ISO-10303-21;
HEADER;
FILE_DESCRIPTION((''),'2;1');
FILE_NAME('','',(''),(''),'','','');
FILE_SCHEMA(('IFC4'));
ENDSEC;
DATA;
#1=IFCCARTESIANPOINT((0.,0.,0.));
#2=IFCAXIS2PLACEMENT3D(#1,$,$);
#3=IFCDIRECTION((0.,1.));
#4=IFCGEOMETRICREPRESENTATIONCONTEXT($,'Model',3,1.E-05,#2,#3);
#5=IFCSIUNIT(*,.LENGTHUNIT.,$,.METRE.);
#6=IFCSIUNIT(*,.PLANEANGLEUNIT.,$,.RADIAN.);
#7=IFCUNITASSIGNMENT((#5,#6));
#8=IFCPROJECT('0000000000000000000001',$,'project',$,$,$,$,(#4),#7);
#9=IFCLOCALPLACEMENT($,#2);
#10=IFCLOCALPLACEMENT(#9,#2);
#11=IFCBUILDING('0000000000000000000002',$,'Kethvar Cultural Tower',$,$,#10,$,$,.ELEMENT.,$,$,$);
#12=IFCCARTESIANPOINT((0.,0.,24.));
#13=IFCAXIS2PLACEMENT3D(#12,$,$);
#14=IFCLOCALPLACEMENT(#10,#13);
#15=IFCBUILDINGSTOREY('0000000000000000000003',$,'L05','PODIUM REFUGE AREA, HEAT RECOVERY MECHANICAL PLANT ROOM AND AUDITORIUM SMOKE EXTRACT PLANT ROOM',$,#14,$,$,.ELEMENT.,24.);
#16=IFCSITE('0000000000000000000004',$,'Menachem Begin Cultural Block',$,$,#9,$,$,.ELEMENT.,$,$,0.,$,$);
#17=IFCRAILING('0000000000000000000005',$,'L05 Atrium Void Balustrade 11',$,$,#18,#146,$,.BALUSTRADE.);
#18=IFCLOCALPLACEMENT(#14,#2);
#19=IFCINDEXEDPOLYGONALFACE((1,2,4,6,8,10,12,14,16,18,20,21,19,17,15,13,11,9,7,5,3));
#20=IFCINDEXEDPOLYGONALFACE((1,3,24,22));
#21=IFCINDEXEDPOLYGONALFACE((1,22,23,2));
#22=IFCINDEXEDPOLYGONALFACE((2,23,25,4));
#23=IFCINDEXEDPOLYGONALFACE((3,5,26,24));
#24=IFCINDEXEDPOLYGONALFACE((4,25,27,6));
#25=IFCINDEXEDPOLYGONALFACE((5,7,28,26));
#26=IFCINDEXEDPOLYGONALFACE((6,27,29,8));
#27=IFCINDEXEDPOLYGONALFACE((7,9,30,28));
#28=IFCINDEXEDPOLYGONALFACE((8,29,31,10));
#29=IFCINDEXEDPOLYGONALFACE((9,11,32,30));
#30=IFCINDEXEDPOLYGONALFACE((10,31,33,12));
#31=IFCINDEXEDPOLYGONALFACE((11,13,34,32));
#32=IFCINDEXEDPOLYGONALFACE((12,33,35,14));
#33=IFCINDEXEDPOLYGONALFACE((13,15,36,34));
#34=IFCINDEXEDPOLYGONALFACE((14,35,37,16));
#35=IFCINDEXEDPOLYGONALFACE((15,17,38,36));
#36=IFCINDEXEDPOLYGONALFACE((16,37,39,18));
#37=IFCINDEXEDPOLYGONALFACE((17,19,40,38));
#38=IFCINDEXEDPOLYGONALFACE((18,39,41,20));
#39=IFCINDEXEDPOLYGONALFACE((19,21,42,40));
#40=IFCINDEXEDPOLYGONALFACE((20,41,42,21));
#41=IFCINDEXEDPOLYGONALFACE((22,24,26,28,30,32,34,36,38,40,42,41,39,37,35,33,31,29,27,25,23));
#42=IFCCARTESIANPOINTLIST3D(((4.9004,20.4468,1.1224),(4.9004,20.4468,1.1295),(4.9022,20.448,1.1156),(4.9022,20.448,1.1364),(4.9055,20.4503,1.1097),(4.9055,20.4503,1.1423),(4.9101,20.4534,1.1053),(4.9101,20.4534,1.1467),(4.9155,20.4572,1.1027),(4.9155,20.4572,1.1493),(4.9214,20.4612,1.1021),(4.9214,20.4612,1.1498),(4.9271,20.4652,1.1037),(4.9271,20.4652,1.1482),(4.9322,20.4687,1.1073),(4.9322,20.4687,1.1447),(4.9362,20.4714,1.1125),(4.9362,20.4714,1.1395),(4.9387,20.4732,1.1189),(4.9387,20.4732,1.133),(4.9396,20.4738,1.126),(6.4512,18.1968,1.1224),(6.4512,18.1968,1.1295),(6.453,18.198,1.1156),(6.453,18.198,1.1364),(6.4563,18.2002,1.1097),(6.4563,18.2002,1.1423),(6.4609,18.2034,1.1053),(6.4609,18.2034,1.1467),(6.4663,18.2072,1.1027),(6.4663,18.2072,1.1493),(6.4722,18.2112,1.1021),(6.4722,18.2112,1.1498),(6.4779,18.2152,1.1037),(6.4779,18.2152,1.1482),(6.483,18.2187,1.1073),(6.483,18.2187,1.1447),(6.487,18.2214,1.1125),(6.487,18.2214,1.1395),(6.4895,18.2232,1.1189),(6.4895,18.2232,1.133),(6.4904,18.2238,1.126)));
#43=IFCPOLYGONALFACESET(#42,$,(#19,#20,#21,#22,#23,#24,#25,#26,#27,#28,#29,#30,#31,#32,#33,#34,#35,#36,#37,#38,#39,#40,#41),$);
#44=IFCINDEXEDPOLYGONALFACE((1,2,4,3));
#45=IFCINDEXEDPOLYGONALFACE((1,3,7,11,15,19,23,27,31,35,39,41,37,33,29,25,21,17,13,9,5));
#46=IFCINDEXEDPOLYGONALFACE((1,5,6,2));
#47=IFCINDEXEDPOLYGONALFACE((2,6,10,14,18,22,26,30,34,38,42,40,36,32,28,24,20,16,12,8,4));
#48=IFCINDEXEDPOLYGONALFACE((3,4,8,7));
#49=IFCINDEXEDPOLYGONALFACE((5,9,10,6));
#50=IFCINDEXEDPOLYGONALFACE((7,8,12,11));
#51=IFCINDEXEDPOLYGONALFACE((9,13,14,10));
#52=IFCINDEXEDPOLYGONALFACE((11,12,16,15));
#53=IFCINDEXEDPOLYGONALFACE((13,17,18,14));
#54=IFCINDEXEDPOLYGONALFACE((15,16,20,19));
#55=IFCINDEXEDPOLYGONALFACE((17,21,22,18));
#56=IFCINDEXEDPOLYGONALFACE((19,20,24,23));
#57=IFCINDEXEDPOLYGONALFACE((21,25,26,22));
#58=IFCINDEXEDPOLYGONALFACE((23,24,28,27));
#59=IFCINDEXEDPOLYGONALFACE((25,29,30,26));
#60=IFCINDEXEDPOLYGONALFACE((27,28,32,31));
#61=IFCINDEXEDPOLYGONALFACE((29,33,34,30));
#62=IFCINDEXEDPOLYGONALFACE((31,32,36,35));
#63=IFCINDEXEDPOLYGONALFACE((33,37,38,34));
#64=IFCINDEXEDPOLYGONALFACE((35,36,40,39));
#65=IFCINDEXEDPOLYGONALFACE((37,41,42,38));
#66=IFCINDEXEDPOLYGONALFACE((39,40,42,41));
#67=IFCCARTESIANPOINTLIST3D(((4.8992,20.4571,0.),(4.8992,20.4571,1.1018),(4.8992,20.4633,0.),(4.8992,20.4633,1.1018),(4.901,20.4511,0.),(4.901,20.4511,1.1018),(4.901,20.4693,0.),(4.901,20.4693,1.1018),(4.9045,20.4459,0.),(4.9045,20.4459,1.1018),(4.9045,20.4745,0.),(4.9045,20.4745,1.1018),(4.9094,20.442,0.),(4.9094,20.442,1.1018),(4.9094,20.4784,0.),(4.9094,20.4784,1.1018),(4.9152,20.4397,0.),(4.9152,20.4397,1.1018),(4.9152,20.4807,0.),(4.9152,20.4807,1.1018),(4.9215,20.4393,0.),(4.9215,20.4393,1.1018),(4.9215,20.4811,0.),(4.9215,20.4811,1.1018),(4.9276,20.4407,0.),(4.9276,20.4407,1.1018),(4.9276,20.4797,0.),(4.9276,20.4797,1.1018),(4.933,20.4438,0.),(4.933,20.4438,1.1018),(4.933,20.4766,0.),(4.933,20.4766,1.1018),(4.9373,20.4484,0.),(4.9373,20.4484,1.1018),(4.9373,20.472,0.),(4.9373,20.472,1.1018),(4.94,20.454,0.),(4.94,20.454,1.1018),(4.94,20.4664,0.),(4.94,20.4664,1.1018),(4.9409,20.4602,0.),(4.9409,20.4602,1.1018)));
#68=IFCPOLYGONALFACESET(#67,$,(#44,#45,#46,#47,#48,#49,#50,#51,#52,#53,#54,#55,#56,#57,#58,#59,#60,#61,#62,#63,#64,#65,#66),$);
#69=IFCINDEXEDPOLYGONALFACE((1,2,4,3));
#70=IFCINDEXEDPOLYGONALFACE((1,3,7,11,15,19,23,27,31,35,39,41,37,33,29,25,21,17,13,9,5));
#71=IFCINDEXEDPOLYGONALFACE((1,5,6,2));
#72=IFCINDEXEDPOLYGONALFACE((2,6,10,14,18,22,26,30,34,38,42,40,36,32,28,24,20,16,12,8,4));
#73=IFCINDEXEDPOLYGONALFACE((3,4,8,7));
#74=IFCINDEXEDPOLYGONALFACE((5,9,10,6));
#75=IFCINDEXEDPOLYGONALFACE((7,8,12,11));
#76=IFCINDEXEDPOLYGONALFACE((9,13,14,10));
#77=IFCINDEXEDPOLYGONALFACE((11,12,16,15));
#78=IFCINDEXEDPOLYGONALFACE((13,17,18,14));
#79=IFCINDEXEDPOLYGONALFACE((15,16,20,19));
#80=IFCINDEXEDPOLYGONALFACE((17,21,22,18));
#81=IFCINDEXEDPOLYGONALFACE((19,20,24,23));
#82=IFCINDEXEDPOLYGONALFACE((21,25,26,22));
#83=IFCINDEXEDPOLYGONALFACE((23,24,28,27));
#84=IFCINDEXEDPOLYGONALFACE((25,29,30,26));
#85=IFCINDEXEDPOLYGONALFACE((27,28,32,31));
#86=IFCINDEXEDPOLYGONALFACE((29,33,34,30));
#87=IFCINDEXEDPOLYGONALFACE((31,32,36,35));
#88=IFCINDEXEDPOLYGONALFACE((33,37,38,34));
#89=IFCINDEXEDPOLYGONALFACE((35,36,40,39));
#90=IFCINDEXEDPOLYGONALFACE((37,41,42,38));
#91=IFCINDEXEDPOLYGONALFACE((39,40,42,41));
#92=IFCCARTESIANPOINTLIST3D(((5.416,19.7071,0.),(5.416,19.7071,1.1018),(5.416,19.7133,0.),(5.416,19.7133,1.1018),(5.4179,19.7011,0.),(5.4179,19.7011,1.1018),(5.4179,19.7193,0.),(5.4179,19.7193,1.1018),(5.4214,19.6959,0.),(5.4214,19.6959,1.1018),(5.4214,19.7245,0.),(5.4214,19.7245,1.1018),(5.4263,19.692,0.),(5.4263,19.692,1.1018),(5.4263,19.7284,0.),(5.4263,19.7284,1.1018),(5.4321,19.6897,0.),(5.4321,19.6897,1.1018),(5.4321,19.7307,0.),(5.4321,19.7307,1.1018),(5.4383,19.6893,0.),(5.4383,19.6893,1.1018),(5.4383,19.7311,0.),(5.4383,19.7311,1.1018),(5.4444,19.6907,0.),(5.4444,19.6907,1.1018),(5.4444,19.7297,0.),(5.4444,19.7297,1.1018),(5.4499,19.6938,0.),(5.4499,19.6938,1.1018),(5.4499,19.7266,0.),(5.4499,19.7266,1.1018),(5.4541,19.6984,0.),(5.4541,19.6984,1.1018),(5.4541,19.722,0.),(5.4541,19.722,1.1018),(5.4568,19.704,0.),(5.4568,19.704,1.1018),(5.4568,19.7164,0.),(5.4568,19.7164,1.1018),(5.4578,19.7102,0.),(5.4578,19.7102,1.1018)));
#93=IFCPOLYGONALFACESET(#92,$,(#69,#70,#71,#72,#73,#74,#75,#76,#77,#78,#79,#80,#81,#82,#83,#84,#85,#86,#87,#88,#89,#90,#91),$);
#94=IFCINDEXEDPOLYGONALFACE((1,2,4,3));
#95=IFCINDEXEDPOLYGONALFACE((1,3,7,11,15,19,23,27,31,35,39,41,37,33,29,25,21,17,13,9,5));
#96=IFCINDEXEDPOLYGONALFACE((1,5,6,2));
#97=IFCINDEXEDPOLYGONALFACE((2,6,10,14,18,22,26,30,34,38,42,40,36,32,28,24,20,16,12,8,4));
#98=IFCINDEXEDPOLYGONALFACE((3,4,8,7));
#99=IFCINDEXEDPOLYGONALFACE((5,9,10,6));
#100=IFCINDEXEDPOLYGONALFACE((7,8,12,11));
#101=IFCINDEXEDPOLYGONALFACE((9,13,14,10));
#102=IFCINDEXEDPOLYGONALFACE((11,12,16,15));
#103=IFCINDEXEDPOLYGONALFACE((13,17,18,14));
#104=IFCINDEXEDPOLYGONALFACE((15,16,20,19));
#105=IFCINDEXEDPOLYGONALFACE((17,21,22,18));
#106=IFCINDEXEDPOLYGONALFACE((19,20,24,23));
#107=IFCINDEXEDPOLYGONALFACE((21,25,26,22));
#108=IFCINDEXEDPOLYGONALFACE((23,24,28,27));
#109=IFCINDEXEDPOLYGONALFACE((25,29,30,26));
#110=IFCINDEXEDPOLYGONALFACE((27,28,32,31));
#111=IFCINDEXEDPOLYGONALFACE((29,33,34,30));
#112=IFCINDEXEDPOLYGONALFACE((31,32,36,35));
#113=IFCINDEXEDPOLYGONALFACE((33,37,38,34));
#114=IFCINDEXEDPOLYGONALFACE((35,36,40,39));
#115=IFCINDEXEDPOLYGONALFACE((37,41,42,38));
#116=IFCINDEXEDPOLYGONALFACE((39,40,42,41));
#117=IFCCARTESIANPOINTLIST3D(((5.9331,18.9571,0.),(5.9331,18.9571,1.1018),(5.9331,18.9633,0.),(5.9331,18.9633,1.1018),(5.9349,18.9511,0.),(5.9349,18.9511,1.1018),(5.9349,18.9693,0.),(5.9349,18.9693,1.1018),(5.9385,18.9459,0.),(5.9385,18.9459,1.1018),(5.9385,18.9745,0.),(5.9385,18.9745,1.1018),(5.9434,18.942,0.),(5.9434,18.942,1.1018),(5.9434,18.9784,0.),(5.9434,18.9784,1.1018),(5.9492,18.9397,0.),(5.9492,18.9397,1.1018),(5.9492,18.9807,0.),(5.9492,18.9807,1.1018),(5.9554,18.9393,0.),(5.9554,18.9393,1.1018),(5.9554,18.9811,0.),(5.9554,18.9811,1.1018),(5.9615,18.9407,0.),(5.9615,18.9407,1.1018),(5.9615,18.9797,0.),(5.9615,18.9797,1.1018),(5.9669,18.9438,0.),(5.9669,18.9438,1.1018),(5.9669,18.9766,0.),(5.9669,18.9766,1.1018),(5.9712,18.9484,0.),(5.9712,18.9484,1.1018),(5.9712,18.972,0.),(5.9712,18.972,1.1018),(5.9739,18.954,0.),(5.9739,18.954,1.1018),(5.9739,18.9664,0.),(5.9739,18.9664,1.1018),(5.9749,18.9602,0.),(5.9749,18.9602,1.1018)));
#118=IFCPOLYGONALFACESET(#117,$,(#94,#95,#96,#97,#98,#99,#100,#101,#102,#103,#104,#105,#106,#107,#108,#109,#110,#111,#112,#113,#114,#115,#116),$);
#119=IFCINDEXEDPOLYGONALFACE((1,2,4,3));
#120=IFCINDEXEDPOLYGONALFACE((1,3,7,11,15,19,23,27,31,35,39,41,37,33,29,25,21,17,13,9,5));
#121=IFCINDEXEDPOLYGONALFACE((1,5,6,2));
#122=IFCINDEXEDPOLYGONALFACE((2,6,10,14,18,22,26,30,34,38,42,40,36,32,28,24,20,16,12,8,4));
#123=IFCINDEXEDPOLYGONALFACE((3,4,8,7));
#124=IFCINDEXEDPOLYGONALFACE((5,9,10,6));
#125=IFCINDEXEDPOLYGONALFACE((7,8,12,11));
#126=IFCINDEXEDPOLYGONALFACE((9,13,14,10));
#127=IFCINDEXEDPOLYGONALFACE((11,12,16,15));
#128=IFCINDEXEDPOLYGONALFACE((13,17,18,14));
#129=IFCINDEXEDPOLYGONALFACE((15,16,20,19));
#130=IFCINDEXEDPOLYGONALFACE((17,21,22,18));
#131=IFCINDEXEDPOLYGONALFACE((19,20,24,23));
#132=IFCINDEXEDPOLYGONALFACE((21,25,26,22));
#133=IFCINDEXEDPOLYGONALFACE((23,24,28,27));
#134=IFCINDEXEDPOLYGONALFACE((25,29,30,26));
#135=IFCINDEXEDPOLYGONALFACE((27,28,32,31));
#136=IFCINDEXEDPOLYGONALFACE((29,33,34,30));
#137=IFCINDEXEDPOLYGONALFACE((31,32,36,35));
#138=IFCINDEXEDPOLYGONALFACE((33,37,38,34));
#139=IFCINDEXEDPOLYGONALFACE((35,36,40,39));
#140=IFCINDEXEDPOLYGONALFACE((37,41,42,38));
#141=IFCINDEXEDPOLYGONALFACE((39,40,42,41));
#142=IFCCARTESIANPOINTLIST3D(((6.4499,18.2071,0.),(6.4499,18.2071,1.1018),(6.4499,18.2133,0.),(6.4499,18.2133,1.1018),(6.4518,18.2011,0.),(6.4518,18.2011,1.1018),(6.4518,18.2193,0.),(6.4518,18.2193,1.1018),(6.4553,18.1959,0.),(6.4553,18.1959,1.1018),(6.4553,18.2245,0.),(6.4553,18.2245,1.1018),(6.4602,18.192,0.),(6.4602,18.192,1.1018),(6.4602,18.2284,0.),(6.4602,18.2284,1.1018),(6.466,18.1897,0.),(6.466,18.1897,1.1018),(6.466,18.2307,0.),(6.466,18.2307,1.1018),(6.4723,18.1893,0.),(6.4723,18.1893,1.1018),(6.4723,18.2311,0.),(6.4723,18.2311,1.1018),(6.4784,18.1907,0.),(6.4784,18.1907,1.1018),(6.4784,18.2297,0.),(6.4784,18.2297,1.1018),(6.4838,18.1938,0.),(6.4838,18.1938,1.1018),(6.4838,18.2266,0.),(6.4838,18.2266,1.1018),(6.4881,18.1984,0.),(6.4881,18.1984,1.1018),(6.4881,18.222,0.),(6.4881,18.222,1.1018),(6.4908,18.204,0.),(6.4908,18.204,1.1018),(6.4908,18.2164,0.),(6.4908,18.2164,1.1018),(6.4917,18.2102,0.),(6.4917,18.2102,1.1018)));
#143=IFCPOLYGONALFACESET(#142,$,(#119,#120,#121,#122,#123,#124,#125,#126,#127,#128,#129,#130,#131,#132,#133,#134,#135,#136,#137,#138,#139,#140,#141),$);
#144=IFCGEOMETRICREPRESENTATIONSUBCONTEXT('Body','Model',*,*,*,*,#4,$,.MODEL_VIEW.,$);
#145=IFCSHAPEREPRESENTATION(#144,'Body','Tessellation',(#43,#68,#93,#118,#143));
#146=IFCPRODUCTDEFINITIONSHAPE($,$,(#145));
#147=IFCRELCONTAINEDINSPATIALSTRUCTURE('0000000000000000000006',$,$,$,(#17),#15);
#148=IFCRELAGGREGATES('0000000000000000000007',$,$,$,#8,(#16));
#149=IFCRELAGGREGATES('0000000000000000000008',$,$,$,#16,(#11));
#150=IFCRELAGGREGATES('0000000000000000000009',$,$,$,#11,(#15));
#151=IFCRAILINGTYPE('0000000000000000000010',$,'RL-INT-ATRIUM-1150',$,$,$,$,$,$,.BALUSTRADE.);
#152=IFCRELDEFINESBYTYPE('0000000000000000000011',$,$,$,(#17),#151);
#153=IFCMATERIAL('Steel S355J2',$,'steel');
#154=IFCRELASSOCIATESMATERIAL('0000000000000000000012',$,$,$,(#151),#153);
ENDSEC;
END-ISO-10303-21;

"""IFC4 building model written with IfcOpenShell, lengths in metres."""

from ifc_helpers import new_model, si_unit, direction, frame, origin, origin_2d, place, context, subcontext, project, spatial, circle, extrude, material, type_object, element, save


model = new_model("IFC4")

# Units and contexts
model_context = context("Model", 3, precision=1e-05, world=origin(), true_north=direction((0.0, 1.0)))
body_context = subcontext(model_context, "Body", "Model", "MODEL_VIEW")
ifc_project = project(units=[si_unit("LENGTHUNIT", "METRE"), si_unit("PLANEANGLEUNIT", "RADIAN")], contexts=[model_context])

# Site, building, storey
site_placement = place(None, origin())
site = spatial("IfcSite", under=ifc_project, at=site_placement, Name="Menachem Begin Cultural Block", CompositionType="ELEMENT", RefElevation=0.0)
building_placement = place(site_placement, origin())
building = spatial("IfcBuilding", under=site, at=building_placement, Name="Kethvar Cultural Tower", CompositionType="ELEMENT")
storey_placement = place(building_placement, frame((0.0, 0.0, 24.0)))
storey = spatial("IfcBuildingStorey", under=building, at=storey_placement, Name="L05", Description="PODIUM REFUGE AREA, HEAT RECOVERY MECHANICAL PLANT ROOM AND AUDITORIUM SMOKE EXTRACT PLANT ROOM", CompositionType="ELEMENT", Elevation=24.0)

# Shared definitions
ifc_material_1 = material(Name="Steel S355J2", Category="steel")

# Railing
railing_type = type_object("IfcRailingType", Name="RL-INT-ATRIUM-1150", PredefinedType="BALUSTRADE", material=ifc_material_1)
railing_1_placement = place(storey_placement, frame((4.9199, 20.4602, 0.0)))
element("IfcRailing", 1, at=railing_1_placement, inside=storey, type_object=railing_type, Name="L05 Atrium Void Balustrade 11", PredefinedType="BALUSTRADE", context=body_context, shape_type="SweptSolid", body=[
    extrude(circle(Radius=0.0239, at=origin_2d()), frame((0.0, 0.0, 1.126), z_axis=(0.567499, -0.823374, 0.0), x_axis=(0.823374, 0.567499, 0.0)), (0.0, 0.0, 1.0), 2.7327),
    extrude(circle(Radius=0.021, at=origin_2d()), origin(), (0.0, 0.0, 1.0), 1.1018),
    extrude(circle(Radius=0.021, at=origin_2d()), frame((0.5168, -0.75, 0.0)), (0.0, 0.0, 1.0), 1.1018),
    extrude(circle(Radius=0.021, at=origin_2d()), frame((1.0339, -1.5, 0.0)), (0.0, 0.0, 1.0), 1.1018),
    extrude(circle(Radius=0.021, at=origin_2d()), frame((1.5508, -2.25, 0.0)), (0.0, 0.0, 1.0), 1.1018),
])

save(model, "model.ifc")
